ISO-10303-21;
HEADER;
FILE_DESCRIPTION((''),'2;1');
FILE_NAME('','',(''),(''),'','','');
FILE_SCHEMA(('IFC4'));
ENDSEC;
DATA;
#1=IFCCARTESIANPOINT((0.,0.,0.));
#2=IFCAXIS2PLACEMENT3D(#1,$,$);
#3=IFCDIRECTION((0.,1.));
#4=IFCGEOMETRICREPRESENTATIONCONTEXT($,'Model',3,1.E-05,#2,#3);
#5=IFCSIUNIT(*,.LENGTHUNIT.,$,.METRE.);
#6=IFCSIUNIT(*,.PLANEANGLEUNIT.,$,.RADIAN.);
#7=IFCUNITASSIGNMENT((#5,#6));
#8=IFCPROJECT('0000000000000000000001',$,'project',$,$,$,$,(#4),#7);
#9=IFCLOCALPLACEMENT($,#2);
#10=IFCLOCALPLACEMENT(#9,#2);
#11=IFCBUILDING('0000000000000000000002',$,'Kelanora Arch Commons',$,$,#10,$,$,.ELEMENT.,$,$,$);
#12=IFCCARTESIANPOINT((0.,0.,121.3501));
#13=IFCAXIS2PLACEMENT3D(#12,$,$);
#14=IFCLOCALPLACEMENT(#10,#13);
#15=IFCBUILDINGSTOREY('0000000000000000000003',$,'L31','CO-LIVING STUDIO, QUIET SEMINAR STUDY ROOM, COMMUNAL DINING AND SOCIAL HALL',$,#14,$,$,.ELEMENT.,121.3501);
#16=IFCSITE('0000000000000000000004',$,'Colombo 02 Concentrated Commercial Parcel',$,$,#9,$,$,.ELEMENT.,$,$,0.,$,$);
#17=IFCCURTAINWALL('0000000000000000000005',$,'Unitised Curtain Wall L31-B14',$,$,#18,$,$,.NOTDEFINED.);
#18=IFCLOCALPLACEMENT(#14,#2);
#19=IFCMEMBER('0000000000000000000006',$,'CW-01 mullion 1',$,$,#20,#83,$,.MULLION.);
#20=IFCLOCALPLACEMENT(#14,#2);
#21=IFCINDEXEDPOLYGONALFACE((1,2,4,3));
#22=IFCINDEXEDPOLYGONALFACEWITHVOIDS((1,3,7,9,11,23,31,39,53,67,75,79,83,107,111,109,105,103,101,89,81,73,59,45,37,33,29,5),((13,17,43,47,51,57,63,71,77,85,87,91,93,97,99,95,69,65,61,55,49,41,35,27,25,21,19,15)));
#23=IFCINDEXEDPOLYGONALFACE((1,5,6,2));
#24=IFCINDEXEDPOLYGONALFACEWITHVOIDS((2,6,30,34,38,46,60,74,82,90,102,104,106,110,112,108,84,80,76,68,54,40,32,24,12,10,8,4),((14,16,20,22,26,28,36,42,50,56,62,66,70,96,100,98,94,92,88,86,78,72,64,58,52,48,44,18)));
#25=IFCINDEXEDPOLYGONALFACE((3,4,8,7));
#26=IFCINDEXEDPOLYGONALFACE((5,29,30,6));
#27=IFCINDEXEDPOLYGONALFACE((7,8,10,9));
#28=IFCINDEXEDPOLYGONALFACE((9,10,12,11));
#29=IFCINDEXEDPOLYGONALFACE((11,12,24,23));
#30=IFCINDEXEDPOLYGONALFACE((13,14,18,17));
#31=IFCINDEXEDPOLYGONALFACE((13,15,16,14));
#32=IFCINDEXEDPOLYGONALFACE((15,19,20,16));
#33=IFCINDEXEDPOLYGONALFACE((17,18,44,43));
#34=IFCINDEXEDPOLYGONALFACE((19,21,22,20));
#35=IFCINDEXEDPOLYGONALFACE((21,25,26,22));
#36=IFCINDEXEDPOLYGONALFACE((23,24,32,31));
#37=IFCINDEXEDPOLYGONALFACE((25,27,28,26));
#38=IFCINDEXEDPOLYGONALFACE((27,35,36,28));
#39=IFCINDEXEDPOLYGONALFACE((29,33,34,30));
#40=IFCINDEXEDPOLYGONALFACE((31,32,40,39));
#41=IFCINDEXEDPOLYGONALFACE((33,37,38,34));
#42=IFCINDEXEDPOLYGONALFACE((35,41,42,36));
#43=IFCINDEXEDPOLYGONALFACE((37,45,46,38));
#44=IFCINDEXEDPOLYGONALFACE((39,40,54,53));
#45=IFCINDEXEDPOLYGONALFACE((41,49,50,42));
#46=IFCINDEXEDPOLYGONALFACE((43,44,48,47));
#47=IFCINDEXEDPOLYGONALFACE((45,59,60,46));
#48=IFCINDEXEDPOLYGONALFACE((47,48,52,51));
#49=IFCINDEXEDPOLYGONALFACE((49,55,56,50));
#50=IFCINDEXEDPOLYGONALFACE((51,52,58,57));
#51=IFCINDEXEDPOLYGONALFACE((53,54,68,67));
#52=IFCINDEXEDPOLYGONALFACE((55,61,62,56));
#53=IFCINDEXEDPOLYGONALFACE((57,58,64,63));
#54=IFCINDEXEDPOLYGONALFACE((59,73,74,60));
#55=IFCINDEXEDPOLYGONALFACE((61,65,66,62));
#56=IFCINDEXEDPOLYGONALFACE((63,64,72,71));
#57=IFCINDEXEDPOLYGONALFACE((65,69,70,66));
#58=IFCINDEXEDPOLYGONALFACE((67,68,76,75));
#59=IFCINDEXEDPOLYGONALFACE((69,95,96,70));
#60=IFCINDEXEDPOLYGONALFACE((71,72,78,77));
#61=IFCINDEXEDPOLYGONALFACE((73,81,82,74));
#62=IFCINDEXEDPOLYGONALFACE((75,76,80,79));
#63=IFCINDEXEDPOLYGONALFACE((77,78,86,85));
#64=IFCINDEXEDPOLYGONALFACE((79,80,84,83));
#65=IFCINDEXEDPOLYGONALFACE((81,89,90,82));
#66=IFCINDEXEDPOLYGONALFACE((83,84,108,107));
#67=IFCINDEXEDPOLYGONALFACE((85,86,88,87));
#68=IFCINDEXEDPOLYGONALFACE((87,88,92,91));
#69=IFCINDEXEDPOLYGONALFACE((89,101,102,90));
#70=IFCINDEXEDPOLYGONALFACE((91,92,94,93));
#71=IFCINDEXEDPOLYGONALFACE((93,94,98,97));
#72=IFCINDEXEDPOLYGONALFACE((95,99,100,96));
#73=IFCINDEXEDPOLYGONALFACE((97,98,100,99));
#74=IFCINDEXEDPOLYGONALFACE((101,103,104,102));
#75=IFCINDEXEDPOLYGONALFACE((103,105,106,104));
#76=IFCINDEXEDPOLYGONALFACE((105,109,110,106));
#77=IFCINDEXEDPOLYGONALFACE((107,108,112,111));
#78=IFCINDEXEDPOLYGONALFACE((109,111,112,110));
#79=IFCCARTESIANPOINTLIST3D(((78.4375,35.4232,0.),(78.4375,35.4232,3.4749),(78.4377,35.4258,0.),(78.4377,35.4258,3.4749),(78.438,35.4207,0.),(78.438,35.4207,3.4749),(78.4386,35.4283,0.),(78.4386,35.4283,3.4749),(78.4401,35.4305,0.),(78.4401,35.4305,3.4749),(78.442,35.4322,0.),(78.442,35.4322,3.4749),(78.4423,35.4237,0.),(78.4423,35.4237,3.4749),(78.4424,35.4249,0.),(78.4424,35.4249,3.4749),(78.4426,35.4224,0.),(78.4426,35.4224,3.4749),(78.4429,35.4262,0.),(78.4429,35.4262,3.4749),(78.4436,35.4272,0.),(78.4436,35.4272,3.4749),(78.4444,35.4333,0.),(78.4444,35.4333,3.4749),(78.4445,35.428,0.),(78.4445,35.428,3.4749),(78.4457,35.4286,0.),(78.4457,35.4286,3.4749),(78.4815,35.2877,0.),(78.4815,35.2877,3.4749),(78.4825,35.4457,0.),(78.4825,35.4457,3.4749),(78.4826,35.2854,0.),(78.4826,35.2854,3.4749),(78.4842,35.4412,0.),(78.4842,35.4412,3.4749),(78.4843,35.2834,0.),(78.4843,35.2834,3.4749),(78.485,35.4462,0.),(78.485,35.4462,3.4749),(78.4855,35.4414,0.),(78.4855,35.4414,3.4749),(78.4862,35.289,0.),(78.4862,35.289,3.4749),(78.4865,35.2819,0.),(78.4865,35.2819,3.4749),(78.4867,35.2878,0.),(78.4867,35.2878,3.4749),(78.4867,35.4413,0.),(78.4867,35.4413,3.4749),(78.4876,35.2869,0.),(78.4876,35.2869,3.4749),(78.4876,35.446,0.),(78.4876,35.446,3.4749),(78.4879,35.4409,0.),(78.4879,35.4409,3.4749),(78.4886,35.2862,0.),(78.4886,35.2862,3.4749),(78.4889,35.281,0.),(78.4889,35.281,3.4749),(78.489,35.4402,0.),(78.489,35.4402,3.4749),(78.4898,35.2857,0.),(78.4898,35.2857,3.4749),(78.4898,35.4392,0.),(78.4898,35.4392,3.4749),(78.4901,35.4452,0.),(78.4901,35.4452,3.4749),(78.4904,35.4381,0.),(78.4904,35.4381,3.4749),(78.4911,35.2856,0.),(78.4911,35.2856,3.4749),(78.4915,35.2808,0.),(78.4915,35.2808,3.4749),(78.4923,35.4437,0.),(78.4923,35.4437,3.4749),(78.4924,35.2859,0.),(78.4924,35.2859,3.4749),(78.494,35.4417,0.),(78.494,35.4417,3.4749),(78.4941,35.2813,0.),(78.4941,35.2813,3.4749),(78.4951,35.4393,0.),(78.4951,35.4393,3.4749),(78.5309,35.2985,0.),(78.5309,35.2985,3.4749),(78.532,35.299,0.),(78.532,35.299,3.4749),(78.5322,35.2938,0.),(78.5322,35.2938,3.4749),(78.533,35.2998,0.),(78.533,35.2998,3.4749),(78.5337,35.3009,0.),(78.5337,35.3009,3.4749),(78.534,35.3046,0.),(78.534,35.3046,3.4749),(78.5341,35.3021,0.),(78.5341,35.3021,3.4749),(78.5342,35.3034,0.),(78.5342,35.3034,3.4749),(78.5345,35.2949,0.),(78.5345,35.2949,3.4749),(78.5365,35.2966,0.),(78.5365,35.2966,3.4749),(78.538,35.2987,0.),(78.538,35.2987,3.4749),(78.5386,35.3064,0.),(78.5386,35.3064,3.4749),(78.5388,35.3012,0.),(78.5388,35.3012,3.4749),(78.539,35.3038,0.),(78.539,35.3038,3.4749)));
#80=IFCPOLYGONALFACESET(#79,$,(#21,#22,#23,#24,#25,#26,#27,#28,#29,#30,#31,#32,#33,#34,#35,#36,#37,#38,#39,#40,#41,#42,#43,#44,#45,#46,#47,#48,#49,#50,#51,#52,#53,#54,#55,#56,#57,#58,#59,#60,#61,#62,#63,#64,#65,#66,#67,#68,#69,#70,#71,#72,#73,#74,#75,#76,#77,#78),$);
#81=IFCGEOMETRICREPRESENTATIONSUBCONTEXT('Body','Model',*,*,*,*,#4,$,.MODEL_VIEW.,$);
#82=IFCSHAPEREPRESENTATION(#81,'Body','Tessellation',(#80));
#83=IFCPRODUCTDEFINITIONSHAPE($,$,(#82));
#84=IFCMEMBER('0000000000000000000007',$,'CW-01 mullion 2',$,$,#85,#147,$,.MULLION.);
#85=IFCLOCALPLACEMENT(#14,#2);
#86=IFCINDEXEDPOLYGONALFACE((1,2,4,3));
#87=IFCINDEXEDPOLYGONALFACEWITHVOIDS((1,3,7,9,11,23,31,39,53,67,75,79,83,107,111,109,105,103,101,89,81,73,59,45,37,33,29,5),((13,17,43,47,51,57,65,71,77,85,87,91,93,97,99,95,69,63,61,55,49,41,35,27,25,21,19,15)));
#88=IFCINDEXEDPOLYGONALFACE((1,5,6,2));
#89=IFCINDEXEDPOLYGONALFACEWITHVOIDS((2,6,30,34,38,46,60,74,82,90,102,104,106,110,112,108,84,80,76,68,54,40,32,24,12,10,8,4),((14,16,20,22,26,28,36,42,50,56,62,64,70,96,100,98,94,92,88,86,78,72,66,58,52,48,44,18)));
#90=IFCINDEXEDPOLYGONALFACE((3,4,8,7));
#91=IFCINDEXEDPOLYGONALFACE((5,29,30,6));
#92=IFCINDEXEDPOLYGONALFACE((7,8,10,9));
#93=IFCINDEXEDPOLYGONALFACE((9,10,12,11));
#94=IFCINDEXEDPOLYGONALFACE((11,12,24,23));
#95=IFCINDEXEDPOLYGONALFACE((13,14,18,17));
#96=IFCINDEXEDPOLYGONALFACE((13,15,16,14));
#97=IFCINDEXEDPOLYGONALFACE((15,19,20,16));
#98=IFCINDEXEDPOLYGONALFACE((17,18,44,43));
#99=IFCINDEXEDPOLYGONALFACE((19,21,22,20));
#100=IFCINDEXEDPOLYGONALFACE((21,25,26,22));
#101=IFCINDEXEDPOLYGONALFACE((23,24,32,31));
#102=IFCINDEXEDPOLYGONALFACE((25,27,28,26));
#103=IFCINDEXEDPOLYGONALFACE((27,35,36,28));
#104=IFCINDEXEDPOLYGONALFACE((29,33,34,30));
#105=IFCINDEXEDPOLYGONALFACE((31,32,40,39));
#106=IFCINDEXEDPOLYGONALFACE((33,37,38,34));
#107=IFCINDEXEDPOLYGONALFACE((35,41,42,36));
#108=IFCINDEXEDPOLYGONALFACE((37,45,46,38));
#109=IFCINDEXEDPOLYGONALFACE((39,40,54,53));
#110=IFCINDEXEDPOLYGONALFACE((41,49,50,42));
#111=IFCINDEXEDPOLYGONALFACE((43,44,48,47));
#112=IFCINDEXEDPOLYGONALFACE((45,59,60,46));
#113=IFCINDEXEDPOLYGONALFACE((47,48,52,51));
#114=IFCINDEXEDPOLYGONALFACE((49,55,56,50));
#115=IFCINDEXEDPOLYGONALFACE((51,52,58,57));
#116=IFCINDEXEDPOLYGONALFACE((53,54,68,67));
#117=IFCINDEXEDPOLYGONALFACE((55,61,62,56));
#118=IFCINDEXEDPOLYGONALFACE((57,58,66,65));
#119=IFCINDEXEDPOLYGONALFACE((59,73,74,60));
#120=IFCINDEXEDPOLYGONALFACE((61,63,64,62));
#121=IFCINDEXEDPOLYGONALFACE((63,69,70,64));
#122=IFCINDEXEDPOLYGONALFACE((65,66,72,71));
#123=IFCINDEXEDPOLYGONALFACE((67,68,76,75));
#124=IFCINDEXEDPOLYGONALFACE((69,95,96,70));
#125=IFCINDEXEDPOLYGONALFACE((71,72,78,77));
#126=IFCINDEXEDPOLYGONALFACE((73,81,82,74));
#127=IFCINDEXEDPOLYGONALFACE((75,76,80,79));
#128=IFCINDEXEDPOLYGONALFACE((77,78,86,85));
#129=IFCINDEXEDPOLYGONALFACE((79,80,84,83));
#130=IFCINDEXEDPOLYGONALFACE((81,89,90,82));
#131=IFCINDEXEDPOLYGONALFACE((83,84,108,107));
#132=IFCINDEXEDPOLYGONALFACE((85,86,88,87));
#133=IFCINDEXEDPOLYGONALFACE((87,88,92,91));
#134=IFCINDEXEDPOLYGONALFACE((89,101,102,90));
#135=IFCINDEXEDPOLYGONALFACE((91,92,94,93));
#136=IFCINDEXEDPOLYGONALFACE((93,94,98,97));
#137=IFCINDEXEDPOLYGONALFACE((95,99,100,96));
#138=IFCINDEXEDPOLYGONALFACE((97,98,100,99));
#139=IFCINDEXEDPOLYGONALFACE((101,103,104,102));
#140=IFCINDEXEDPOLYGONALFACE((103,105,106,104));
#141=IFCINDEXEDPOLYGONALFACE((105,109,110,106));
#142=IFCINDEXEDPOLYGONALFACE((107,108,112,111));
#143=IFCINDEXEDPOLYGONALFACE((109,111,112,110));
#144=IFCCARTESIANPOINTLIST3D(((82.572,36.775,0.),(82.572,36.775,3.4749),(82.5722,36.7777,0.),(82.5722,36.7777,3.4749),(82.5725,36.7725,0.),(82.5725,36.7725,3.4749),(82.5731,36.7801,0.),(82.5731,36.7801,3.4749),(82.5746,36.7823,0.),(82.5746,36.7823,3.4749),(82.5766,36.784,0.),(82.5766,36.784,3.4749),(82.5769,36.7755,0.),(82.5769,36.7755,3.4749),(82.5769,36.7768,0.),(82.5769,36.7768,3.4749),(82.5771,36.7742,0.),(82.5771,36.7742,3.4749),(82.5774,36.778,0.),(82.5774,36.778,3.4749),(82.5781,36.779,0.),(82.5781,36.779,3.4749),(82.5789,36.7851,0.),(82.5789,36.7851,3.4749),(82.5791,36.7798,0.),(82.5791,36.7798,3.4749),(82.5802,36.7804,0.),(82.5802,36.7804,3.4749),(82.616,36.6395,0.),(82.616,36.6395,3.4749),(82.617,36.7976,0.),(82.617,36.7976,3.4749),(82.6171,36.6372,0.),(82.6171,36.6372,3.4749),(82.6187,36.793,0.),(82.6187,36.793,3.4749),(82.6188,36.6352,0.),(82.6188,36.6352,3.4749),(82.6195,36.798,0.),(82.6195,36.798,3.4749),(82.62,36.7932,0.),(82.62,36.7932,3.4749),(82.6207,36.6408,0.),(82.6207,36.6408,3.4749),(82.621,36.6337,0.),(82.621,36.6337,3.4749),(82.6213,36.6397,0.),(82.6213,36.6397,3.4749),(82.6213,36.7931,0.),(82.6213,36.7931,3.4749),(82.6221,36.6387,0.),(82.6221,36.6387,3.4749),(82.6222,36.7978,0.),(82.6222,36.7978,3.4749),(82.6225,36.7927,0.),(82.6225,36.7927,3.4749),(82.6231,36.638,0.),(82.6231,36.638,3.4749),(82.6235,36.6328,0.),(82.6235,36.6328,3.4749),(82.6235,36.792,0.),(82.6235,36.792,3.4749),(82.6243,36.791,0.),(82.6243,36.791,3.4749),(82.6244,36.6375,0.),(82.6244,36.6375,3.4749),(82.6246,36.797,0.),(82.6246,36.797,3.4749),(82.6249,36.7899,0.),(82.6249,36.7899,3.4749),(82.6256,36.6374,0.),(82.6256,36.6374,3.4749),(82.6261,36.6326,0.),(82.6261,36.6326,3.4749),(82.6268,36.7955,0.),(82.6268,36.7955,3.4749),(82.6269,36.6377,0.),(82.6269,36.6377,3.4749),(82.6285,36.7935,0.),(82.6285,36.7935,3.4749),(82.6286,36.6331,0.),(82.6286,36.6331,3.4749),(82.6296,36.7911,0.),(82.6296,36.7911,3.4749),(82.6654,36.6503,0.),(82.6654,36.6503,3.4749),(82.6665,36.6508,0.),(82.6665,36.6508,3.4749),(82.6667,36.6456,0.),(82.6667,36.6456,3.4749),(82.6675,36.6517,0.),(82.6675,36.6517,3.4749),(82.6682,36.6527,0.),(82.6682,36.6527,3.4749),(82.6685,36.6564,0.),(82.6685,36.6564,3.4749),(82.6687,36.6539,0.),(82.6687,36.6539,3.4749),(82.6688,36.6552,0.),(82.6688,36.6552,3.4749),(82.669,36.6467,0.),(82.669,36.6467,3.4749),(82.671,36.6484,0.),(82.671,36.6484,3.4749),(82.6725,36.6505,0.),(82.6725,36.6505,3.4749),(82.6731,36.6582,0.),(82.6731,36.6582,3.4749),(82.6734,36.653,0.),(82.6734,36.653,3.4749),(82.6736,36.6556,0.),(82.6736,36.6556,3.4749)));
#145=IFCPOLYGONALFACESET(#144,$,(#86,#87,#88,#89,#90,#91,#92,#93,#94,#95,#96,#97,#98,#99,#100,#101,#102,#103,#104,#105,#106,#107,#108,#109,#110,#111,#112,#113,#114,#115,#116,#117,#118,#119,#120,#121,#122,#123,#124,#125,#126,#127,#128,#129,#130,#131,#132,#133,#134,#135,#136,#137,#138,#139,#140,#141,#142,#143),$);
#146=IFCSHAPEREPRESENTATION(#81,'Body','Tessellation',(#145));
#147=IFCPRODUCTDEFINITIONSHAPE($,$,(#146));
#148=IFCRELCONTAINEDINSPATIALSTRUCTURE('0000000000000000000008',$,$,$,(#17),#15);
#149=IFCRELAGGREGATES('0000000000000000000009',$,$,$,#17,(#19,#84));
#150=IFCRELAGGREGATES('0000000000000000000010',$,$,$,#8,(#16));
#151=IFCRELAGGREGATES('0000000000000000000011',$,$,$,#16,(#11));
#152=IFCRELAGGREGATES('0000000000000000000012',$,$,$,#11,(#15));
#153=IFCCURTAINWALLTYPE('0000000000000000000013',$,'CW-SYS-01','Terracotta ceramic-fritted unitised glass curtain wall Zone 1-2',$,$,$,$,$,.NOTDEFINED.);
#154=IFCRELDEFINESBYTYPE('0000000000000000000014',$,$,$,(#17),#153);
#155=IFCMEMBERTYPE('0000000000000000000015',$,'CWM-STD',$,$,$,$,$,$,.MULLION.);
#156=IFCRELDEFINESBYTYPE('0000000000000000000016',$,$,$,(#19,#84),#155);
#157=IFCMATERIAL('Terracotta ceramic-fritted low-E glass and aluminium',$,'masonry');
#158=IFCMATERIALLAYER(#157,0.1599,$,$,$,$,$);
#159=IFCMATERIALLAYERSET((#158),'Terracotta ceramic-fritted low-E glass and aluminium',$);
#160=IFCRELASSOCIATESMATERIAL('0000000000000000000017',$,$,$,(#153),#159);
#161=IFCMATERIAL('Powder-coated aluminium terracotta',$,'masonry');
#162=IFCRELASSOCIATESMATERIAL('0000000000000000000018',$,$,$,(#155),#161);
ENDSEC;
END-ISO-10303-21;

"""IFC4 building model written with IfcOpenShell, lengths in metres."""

from ifc_helpers import new_model, si_unit, direction, frame, origin, origin_2d, place, context, subcontext, project, spatial, hollow_rectangle, extrude, material, layer, layer_set, material_profile, profile_set, type_object, element, aggregate, save


model = new_model("IFC4")

# Units and contexts
model_context = context("Model", 3, precision=1e-05, world=origin(), true_north=direction((0.0, 1.0)))
body_context = subcontext(model_context, "Body", "Model", "MODEL_VIEW")
ifc_project = project(units=[si_unit("LENGTHUNIT", "METRE"), si_unit("PLANEANGLEUNIT", "RADIAN")], contexts=[model_context])

# Site, building, storey
site_placement = place(None, origin())
site = spatial("IfcSite", under=ifc_project, at=site_placement, Name="Colombo 02 Concentrated Commercial Parcel", CompositionType="ELEMENT", RefElevation=0.0)
building_placement = place(site_placement, origin())
building = spatial("IfcBuilding", under=site, at=building_placement, Name="Kelanora Arch Commons", CompositionType="ELEMENT")
storey_placement = place(building_placement, frame((0.0, 0.0, 121.3501)))
storey = spatial("IfcBuildingStorey", under=building, at=storey_placement, Name="L31", Description="CO-LIVING STUDIO, QUIET SEMINAR STUDY ROOM, COMMUNAL DINING AND SOCIAL HALL", CompositionType="ELEMENT", Elevation=121.3501)

# Curtain wall, members
ifc_material_1 = material(Name="Terracotta ceramic-fritted low-E glass and aluminium", Category="masonry")
ifc_layer_1 = layer(ifc_material_1, 0.1599)
ifc_layer_set_1 = layer_set([ifc_layer_1], Name="Terracotta ceramic-fritted low-E glass and aluminium")
curtain_wall_type = type_object("IfcCurtainWallType", Name="CW-SYS-01", Description="Terracotta ceramic-fritted unitised glass curtain wall Zone 1-2", PredefinedType="NOTDEFINED", material=ifc_layer_set_1)
curtain_wall_placement = place(storey_placement, origin())
curtain_wall = element("IfcCurtainWall", 1, at=curtain_wall_placement, inside=storey, type_object=curtain_wall_type, Name="Unitised Curtain Wall L31-B14", PredefinedType="NOTDEFINED")
ifc_material_2 = material(Name="Powder-coated aluminium terracotta", Category="masonry")
ifc_material_profile_1 = material_profile(ifc_material_2, hollow_rectangle(XDim=0.1599, YDim=0.0601, WallThickness=0.0049, InnerFilletRadius=0.0049, OuterFilletRadius=0.01, at=origin_2d()), Name="CWM160x60")
ifc_profile_set_1 = profile_set([ifc_material_profile_1], Name="Powder-coated aluminium terracotta")
member_type_1 = type_object("IfcMemberType", Name="CWM-STD", PredefinedType="MULLION", material=ifc_profile_set_1)
member_1_placement = place(storey_placement, frame((78.4883, 35.3635, 0.0), z_axis=(0.0, 0.0, 1.0), x_axis=(-0.310805, 0.950474, 0.0)))
member_1 = element("IfcMember", 2, at=member_1_placement, type_object=member_type_1, Name="CW-01 mullion 1", PredefinedType="MULLION", context=body_context, shape_type="SweptSolid", body=[
    extrude(hollow_rectangle(XDim=0.1599, YDim=0.0601, WallThickness=0.0049, InnerFilletRadius=0.0049, OuterFilletRadius=0.01, at=origin_2d()), origin(), (0.0, 0.0, 1.0), 3.4749),
])
member_2_placement = place(storey_placement, frame((82.6228, 36.7153, 0.0), z_axis=(0.0, 0.0, 1.0), x_axis=(-0.310805, 0.950474, 0.0)))
member_2 = element("IfcMember", 3, at=member_2_placement, type_object=member_type_1, Name="CW-01 mullion 2", PredefinedType="MULLION", context=body_context, shape_type="SweptSolid", body=[
    extrude(hollow_rectangle(XDim=0.1599, YDim=0.0601, WallThickness=0.0049, InnerFilletRadius=0.0049, OuterFilletRadius=0.01, at=origin_2d()), origin(), (0.0, 0.0, 1.0), 3.4749),
])
aggregate(curtain_wall, [member_1, member_2])

save(model, "model.ifc")
